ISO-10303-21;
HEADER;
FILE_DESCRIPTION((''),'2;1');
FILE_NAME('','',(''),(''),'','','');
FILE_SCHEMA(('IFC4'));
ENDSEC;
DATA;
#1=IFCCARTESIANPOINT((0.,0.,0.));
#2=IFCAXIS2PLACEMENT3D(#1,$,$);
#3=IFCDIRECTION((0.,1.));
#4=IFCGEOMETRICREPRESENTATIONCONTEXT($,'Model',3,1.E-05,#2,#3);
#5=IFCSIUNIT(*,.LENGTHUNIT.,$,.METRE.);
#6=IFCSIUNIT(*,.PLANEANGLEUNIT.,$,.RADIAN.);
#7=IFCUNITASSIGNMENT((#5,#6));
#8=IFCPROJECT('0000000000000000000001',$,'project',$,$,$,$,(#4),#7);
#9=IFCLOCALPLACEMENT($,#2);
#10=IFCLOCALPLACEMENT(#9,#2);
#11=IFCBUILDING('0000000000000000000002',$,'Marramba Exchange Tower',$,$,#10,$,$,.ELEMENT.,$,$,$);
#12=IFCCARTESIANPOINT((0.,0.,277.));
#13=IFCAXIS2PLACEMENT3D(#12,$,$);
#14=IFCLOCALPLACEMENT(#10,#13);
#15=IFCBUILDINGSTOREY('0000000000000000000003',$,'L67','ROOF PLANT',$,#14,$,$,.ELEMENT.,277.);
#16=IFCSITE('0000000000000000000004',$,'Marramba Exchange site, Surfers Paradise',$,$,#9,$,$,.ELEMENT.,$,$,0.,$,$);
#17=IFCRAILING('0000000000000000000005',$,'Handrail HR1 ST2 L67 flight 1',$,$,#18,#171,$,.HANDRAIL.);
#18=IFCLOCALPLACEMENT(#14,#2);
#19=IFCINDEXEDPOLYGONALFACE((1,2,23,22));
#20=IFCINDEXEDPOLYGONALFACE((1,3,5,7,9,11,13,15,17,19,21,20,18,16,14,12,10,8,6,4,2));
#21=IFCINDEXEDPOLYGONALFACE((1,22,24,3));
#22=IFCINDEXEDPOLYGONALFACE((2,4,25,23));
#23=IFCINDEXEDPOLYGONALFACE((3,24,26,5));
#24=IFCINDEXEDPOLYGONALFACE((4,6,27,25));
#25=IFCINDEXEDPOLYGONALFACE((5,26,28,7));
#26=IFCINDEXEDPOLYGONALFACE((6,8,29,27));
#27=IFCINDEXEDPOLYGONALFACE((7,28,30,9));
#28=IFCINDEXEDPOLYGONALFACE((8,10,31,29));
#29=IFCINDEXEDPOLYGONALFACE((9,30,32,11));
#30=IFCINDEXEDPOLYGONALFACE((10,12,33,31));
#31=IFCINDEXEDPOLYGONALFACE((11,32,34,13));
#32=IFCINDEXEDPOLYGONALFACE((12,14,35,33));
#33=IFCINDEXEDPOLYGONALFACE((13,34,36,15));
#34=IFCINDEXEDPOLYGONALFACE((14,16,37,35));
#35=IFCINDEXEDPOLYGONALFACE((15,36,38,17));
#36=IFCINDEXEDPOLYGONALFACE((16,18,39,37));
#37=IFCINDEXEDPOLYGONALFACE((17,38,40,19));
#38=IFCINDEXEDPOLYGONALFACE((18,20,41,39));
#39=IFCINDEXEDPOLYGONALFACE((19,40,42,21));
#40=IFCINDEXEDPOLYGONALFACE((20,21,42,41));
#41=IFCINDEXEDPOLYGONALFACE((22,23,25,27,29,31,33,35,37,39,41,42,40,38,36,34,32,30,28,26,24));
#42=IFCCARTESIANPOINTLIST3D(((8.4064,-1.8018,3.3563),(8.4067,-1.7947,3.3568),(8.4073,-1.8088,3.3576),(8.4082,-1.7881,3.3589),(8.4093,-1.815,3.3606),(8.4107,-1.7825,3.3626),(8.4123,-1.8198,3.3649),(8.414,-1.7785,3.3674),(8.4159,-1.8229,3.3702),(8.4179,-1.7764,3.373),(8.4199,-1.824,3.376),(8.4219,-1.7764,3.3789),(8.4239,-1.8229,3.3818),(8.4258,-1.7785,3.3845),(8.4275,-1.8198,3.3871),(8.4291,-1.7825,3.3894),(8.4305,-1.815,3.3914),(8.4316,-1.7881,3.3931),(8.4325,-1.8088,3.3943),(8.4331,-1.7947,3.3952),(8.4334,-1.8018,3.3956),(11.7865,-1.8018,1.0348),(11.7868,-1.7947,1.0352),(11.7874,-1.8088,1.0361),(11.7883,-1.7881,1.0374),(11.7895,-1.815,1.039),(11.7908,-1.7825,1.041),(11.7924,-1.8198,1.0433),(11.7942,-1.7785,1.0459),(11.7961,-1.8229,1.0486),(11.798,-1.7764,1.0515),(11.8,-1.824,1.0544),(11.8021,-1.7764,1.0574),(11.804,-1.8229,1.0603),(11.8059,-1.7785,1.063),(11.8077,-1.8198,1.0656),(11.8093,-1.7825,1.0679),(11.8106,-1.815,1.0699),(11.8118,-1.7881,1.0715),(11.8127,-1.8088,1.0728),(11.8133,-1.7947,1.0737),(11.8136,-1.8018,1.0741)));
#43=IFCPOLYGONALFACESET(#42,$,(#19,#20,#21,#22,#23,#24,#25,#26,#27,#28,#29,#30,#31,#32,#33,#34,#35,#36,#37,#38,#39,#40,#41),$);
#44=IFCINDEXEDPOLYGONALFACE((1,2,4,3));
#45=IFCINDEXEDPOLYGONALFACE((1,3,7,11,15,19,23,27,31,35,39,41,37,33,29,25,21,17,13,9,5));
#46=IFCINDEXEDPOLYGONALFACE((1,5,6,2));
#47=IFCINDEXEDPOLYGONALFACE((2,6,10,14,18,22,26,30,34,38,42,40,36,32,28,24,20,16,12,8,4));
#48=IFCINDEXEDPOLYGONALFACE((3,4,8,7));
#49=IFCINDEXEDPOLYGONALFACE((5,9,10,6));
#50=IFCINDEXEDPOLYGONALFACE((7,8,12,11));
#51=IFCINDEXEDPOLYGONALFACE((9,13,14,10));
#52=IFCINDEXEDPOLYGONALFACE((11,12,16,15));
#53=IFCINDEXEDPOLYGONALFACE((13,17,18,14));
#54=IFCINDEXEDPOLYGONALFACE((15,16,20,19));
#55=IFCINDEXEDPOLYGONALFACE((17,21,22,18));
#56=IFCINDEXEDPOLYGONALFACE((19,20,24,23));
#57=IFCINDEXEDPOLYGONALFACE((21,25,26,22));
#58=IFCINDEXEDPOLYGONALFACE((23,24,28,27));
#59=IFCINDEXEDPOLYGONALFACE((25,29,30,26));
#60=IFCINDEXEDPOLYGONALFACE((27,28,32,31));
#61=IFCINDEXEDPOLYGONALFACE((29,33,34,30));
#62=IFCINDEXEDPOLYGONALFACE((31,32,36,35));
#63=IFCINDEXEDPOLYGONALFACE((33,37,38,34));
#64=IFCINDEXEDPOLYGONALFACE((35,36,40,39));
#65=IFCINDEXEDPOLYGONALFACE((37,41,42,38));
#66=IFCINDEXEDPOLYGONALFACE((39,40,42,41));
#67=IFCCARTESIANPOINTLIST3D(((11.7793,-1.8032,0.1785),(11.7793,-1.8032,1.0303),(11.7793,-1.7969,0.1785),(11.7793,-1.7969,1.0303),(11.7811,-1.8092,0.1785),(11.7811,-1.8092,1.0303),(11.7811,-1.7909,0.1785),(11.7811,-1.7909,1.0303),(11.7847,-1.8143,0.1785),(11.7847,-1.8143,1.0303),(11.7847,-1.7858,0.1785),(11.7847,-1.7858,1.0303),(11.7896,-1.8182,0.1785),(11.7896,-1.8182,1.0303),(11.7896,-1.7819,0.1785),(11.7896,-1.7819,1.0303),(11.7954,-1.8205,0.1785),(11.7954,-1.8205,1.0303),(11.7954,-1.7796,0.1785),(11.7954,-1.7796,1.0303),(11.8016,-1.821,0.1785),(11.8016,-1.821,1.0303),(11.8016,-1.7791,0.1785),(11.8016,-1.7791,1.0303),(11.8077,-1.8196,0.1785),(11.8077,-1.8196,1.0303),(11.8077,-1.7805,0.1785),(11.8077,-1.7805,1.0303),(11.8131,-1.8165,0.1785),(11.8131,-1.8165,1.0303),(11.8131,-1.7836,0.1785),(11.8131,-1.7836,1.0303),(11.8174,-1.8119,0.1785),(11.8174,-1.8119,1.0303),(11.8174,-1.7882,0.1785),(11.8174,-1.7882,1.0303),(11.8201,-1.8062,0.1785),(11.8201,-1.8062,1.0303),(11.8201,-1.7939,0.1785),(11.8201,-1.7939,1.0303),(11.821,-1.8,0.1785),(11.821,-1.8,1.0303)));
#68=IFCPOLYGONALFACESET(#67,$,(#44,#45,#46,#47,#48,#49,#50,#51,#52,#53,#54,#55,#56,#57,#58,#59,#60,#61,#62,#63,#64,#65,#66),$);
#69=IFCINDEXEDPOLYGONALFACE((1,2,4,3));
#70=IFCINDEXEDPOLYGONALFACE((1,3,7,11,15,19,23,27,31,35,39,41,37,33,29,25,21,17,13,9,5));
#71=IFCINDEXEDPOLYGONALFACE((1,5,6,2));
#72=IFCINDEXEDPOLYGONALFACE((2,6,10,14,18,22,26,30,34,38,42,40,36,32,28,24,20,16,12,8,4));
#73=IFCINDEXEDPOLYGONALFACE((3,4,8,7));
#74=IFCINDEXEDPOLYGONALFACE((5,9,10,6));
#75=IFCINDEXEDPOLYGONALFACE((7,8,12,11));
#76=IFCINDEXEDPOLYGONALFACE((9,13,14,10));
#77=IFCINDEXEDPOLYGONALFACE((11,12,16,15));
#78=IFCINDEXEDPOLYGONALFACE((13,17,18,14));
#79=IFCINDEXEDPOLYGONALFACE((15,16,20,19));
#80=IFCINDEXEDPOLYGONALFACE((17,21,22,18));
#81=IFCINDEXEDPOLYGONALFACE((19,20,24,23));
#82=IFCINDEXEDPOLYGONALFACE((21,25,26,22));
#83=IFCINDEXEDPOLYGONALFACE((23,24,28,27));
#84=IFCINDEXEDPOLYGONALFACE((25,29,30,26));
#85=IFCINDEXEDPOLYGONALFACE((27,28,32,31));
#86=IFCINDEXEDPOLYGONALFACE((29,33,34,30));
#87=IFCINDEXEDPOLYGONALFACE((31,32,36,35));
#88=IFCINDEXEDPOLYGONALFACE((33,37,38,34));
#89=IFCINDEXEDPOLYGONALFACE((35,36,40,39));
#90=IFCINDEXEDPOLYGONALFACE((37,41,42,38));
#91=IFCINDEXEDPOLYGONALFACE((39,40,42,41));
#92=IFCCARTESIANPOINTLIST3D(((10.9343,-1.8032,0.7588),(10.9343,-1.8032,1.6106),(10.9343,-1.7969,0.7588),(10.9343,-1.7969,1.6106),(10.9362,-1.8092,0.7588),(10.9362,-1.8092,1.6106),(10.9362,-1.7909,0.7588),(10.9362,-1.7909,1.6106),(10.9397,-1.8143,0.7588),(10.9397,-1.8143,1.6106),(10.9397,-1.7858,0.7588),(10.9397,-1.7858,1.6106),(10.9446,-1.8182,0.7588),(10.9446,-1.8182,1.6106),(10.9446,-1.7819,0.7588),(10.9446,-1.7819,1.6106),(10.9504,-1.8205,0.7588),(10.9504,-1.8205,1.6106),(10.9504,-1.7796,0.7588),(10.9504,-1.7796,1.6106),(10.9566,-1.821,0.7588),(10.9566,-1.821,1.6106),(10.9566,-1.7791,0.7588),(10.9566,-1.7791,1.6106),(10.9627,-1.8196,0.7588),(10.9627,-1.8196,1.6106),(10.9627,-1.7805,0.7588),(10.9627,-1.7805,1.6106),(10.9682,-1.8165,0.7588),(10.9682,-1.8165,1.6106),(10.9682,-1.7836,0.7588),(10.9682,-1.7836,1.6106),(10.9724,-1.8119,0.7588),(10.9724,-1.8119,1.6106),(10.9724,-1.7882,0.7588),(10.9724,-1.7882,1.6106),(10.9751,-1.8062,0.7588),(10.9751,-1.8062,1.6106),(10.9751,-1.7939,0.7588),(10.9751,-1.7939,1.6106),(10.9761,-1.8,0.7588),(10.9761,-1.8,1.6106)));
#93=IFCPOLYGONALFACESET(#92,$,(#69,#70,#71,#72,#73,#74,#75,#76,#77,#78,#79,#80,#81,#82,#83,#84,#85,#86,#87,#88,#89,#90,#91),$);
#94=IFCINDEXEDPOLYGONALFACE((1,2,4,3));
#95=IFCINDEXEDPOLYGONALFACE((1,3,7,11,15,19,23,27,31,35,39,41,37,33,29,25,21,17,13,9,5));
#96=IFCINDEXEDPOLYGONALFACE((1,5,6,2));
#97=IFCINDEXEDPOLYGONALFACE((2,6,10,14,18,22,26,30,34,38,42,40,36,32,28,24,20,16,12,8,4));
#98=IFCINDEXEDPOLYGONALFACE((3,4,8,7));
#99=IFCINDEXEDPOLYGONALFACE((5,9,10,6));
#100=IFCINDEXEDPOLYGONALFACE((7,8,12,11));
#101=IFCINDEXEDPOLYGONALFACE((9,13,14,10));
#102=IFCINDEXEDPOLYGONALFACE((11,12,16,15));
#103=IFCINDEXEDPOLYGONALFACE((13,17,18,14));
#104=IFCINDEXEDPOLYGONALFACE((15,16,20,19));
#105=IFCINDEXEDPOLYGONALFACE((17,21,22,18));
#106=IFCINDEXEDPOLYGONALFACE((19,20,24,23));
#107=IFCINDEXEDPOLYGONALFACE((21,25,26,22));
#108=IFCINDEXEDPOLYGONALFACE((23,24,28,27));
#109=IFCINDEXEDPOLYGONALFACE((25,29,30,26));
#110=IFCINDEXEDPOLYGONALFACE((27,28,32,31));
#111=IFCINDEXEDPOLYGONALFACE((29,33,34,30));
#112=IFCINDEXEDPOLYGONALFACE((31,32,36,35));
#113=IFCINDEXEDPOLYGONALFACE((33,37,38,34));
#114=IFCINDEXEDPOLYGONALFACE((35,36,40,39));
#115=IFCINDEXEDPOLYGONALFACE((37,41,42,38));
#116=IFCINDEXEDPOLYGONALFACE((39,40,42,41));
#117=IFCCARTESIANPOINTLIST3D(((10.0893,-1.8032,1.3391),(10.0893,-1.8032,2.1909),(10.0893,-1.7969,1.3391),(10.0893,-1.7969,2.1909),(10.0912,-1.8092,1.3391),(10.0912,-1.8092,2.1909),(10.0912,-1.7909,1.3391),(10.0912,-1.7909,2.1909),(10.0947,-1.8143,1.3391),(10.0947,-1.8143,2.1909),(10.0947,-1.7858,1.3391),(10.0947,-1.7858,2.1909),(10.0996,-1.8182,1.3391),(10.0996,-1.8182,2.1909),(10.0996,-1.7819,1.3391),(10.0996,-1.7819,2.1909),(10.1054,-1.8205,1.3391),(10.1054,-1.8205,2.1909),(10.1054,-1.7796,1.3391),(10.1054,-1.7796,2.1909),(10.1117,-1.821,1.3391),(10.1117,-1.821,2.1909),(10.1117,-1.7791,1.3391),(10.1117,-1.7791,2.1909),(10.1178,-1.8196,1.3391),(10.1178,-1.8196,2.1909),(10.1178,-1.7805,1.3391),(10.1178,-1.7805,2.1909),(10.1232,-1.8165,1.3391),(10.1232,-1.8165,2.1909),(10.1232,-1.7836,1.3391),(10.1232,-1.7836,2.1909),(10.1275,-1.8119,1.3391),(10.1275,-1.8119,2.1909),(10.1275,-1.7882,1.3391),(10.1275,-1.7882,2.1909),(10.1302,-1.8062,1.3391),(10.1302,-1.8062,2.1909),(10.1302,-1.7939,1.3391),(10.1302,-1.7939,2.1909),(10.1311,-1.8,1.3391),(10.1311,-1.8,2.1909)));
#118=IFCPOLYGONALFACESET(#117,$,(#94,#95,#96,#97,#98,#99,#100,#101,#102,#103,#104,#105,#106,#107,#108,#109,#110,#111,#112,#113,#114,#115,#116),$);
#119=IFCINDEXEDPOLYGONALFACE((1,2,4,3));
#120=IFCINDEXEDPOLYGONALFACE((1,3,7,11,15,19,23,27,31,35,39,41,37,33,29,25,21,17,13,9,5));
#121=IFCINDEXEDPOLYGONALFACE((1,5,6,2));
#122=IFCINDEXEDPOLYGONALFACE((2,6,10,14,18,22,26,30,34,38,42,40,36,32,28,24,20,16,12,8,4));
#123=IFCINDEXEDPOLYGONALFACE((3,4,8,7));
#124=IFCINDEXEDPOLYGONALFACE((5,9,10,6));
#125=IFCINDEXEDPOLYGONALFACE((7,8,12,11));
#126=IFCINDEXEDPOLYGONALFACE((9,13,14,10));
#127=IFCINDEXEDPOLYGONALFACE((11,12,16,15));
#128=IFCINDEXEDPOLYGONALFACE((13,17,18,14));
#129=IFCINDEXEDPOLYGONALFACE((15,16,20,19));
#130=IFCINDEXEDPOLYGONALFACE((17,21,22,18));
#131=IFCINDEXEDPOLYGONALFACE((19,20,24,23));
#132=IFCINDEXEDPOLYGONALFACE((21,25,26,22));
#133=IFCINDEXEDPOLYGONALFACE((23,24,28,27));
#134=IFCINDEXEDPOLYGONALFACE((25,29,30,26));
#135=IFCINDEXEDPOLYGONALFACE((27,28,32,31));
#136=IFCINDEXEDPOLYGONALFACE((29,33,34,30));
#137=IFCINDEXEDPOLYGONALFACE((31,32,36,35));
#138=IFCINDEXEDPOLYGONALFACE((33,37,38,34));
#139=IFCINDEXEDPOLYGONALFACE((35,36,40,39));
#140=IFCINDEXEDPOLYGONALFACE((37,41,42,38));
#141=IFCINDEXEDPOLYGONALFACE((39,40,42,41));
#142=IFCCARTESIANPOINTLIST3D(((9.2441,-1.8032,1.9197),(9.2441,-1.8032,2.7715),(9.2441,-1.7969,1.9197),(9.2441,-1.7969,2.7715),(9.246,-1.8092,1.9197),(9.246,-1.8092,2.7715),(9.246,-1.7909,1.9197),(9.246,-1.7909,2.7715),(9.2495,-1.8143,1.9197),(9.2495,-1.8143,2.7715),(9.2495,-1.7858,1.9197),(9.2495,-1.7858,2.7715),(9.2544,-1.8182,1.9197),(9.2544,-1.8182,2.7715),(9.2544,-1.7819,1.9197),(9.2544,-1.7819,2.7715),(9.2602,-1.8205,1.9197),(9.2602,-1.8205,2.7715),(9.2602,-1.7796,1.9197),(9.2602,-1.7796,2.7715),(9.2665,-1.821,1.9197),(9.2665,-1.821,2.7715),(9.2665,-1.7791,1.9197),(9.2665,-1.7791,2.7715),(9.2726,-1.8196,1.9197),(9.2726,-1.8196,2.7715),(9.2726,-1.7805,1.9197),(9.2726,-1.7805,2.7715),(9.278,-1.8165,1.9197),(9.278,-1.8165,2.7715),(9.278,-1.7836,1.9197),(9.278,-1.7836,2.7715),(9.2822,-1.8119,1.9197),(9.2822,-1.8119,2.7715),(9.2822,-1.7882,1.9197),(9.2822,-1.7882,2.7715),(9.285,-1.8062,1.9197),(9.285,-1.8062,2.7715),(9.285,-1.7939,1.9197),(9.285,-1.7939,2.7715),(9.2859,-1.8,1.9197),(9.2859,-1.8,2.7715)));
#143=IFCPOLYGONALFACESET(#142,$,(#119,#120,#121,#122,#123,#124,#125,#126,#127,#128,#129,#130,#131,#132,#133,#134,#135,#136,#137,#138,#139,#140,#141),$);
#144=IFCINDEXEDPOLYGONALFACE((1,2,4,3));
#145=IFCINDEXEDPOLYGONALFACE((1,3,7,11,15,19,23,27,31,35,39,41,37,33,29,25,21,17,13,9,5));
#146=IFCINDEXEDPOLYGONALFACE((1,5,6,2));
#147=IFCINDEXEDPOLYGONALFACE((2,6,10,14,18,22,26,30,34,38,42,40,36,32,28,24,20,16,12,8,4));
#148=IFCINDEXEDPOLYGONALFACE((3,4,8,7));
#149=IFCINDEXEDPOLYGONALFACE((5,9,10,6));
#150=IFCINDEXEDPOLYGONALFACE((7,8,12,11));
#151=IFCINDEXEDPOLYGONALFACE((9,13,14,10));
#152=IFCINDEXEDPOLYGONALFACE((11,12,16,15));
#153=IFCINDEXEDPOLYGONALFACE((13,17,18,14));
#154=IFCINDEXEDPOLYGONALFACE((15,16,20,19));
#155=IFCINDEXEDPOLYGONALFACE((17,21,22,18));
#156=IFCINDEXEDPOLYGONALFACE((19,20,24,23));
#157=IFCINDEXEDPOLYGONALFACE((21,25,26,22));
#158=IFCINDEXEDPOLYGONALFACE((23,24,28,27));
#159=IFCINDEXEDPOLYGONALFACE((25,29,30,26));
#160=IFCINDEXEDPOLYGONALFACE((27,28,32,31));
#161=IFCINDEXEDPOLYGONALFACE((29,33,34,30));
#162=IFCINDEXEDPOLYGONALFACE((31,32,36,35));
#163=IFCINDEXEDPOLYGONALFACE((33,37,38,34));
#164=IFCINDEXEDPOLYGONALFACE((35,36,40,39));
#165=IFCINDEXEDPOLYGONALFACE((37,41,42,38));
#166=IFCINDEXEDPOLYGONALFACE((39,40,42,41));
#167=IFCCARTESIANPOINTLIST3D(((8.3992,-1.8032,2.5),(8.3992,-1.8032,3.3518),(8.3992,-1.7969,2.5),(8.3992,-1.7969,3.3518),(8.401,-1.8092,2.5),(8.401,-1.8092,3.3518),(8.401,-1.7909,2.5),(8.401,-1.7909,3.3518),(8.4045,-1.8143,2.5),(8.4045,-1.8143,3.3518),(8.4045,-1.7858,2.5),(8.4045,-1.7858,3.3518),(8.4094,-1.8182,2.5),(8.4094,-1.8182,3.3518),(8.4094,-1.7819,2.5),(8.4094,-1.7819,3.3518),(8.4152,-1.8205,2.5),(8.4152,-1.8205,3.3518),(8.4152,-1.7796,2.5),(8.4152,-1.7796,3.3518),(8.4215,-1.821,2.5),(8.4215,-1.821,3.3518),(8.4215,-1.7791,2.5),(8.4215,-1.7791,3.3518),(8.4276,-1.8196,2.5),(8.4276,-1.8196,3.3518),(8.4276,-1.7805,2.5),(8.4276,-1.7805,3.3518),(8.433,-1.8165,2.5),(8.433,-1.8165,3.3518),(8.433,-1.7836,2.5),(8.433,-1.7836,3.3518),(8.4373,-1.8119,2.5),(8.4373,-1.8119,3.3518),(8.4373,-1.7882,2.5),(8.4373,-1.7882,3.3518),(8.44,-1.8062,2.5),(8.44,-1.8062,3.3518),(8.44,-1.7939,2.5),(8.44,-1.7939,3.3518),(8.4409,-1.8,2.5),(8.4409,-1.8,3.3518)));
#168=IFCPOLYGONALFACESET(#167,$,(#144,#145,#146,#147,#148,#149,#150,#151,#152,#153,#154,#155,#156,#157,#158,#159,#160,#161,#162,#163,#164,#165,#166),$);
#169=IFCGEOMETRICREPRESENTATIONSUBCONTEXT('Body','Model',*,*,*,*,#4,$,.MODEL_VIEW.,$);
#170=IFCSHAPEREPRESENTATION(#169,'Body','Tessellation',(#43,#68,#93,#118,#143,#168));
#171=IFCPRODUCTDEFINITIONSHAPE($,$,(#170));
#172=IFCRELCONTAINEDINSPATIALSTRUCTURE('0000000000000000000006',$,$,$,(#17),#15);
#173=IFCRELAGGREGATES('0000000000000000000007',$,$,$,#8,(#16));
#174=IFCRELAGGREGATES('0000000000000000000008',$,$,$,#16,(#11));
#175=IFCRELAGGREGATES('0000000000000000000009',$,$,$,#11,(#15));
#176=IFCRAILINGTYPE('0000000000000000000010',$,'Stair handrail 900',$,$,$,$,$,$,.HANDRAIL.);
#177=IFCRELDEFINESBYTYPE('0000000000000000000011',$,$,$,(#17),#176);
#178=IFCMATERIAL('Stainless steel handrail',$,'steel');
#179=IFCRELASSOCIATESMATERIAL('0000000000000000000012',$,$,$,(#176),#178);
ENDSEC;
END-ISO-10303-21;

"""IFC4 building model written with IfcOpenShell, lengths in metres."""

from ifc_helpers import new_model, si_unit, direction, frame, origin, origin_2d, place, context, subcontext, project, spatial, circle, extrude, material, type_object, element, save


model = new_model("IFC4")

# Units and contexts
model_context = context("Model", 3, precision=1e-05, world=origin(), true_north=direction((0.0, 1.0)))
body_context = subcontext(model_context, "Body", "Model", "MODEL_VIEW")
ifc_project = project(units=[si_unit("LENGTHUNIT", "METRE"), si_unit("PLANEANGLEUNIT", "RADIAN")], contexts=[model_context])

# Site, building, storey
site_placement = place(None, origin())
site = spatial("IfcSite", under=ifc_project, at=site_placement, Name="Marramba Exchange site, Surfers Paradise", CompositionType="ELEMENT", RefElevation=0.0)
building_placement = place(site_placement, origin())
building = spatial("IfcBuilding", under=site, at=building_placement, Name="Marramba Exchange Tower", CompositionType="ELEMENT")
storey_placement = place(building_placement, frame((0.0, 0.0, 277.0)))
storey = spatial("IfcBuildingStorey", under=building, at=storey_placement, Name="L67", Description="ROOF PLANT", CompositionType="ELEMENT", Elevation=277.0)

# Railing
ifc_material_1 = material(Name="Stainless steel handrail", Category="steel")
railing_type_1 = type_object("IfcRailingType", Name="Stair handrail 900", PredefinedType="HANDRAIL", material=ifc_material_1)
railing_1_placement = place(storey_placement, frame((11.8, -1.8, 0.1785)))
element("IfcRailing", 1, at=railing_1_placement, inside=storey, type_object=railing_type_1, Name="Handrail HR1 ST2 L67 flight 1", PredefinedType="HANDRAIL", context=body_context, shape_type="SweptSolid", body=[
    extrude(circle(Radius=0.0239, at=origin_2d()), frame((0.0, 0.0, 0.876), z_axis=(-0.824304, 0.0, 0.566147), x_axis=(0.0, -1.0, 0.0)), (0.0, 0.0, 1.0), 4.1006),
    extrude(circle(Radius=0.021, at=origin_2d()), origin(), (0.0, 0.0, 1.0), 0.8518),
    extrude(circle(Radius=0.021, at=origin_2d()), frame((-0.845, 0.0, 0.5803)), (0.0, 0.0, 1.0), 0.8518),
    extrude(circle(Radius=0.021, at=origin_2d()), frame((-1.6899, 0.0, 1.1606)), (0.0, 0.0, 1.0), 0.8518),
    extrude(circle(Radius=0.021, at=origin_2d()), frame((-2.5352, 0.0, 1.7412)), (0.0, 0.0, 1.0), 0.8518),
    extrude(circle(Radius=0.021, at=origin_2d()), frame((-3.3801, 0.0, 2.3215)), (0.0, 0.0, 1.0), 0.8518),
])

save(model, "model.ifc")
